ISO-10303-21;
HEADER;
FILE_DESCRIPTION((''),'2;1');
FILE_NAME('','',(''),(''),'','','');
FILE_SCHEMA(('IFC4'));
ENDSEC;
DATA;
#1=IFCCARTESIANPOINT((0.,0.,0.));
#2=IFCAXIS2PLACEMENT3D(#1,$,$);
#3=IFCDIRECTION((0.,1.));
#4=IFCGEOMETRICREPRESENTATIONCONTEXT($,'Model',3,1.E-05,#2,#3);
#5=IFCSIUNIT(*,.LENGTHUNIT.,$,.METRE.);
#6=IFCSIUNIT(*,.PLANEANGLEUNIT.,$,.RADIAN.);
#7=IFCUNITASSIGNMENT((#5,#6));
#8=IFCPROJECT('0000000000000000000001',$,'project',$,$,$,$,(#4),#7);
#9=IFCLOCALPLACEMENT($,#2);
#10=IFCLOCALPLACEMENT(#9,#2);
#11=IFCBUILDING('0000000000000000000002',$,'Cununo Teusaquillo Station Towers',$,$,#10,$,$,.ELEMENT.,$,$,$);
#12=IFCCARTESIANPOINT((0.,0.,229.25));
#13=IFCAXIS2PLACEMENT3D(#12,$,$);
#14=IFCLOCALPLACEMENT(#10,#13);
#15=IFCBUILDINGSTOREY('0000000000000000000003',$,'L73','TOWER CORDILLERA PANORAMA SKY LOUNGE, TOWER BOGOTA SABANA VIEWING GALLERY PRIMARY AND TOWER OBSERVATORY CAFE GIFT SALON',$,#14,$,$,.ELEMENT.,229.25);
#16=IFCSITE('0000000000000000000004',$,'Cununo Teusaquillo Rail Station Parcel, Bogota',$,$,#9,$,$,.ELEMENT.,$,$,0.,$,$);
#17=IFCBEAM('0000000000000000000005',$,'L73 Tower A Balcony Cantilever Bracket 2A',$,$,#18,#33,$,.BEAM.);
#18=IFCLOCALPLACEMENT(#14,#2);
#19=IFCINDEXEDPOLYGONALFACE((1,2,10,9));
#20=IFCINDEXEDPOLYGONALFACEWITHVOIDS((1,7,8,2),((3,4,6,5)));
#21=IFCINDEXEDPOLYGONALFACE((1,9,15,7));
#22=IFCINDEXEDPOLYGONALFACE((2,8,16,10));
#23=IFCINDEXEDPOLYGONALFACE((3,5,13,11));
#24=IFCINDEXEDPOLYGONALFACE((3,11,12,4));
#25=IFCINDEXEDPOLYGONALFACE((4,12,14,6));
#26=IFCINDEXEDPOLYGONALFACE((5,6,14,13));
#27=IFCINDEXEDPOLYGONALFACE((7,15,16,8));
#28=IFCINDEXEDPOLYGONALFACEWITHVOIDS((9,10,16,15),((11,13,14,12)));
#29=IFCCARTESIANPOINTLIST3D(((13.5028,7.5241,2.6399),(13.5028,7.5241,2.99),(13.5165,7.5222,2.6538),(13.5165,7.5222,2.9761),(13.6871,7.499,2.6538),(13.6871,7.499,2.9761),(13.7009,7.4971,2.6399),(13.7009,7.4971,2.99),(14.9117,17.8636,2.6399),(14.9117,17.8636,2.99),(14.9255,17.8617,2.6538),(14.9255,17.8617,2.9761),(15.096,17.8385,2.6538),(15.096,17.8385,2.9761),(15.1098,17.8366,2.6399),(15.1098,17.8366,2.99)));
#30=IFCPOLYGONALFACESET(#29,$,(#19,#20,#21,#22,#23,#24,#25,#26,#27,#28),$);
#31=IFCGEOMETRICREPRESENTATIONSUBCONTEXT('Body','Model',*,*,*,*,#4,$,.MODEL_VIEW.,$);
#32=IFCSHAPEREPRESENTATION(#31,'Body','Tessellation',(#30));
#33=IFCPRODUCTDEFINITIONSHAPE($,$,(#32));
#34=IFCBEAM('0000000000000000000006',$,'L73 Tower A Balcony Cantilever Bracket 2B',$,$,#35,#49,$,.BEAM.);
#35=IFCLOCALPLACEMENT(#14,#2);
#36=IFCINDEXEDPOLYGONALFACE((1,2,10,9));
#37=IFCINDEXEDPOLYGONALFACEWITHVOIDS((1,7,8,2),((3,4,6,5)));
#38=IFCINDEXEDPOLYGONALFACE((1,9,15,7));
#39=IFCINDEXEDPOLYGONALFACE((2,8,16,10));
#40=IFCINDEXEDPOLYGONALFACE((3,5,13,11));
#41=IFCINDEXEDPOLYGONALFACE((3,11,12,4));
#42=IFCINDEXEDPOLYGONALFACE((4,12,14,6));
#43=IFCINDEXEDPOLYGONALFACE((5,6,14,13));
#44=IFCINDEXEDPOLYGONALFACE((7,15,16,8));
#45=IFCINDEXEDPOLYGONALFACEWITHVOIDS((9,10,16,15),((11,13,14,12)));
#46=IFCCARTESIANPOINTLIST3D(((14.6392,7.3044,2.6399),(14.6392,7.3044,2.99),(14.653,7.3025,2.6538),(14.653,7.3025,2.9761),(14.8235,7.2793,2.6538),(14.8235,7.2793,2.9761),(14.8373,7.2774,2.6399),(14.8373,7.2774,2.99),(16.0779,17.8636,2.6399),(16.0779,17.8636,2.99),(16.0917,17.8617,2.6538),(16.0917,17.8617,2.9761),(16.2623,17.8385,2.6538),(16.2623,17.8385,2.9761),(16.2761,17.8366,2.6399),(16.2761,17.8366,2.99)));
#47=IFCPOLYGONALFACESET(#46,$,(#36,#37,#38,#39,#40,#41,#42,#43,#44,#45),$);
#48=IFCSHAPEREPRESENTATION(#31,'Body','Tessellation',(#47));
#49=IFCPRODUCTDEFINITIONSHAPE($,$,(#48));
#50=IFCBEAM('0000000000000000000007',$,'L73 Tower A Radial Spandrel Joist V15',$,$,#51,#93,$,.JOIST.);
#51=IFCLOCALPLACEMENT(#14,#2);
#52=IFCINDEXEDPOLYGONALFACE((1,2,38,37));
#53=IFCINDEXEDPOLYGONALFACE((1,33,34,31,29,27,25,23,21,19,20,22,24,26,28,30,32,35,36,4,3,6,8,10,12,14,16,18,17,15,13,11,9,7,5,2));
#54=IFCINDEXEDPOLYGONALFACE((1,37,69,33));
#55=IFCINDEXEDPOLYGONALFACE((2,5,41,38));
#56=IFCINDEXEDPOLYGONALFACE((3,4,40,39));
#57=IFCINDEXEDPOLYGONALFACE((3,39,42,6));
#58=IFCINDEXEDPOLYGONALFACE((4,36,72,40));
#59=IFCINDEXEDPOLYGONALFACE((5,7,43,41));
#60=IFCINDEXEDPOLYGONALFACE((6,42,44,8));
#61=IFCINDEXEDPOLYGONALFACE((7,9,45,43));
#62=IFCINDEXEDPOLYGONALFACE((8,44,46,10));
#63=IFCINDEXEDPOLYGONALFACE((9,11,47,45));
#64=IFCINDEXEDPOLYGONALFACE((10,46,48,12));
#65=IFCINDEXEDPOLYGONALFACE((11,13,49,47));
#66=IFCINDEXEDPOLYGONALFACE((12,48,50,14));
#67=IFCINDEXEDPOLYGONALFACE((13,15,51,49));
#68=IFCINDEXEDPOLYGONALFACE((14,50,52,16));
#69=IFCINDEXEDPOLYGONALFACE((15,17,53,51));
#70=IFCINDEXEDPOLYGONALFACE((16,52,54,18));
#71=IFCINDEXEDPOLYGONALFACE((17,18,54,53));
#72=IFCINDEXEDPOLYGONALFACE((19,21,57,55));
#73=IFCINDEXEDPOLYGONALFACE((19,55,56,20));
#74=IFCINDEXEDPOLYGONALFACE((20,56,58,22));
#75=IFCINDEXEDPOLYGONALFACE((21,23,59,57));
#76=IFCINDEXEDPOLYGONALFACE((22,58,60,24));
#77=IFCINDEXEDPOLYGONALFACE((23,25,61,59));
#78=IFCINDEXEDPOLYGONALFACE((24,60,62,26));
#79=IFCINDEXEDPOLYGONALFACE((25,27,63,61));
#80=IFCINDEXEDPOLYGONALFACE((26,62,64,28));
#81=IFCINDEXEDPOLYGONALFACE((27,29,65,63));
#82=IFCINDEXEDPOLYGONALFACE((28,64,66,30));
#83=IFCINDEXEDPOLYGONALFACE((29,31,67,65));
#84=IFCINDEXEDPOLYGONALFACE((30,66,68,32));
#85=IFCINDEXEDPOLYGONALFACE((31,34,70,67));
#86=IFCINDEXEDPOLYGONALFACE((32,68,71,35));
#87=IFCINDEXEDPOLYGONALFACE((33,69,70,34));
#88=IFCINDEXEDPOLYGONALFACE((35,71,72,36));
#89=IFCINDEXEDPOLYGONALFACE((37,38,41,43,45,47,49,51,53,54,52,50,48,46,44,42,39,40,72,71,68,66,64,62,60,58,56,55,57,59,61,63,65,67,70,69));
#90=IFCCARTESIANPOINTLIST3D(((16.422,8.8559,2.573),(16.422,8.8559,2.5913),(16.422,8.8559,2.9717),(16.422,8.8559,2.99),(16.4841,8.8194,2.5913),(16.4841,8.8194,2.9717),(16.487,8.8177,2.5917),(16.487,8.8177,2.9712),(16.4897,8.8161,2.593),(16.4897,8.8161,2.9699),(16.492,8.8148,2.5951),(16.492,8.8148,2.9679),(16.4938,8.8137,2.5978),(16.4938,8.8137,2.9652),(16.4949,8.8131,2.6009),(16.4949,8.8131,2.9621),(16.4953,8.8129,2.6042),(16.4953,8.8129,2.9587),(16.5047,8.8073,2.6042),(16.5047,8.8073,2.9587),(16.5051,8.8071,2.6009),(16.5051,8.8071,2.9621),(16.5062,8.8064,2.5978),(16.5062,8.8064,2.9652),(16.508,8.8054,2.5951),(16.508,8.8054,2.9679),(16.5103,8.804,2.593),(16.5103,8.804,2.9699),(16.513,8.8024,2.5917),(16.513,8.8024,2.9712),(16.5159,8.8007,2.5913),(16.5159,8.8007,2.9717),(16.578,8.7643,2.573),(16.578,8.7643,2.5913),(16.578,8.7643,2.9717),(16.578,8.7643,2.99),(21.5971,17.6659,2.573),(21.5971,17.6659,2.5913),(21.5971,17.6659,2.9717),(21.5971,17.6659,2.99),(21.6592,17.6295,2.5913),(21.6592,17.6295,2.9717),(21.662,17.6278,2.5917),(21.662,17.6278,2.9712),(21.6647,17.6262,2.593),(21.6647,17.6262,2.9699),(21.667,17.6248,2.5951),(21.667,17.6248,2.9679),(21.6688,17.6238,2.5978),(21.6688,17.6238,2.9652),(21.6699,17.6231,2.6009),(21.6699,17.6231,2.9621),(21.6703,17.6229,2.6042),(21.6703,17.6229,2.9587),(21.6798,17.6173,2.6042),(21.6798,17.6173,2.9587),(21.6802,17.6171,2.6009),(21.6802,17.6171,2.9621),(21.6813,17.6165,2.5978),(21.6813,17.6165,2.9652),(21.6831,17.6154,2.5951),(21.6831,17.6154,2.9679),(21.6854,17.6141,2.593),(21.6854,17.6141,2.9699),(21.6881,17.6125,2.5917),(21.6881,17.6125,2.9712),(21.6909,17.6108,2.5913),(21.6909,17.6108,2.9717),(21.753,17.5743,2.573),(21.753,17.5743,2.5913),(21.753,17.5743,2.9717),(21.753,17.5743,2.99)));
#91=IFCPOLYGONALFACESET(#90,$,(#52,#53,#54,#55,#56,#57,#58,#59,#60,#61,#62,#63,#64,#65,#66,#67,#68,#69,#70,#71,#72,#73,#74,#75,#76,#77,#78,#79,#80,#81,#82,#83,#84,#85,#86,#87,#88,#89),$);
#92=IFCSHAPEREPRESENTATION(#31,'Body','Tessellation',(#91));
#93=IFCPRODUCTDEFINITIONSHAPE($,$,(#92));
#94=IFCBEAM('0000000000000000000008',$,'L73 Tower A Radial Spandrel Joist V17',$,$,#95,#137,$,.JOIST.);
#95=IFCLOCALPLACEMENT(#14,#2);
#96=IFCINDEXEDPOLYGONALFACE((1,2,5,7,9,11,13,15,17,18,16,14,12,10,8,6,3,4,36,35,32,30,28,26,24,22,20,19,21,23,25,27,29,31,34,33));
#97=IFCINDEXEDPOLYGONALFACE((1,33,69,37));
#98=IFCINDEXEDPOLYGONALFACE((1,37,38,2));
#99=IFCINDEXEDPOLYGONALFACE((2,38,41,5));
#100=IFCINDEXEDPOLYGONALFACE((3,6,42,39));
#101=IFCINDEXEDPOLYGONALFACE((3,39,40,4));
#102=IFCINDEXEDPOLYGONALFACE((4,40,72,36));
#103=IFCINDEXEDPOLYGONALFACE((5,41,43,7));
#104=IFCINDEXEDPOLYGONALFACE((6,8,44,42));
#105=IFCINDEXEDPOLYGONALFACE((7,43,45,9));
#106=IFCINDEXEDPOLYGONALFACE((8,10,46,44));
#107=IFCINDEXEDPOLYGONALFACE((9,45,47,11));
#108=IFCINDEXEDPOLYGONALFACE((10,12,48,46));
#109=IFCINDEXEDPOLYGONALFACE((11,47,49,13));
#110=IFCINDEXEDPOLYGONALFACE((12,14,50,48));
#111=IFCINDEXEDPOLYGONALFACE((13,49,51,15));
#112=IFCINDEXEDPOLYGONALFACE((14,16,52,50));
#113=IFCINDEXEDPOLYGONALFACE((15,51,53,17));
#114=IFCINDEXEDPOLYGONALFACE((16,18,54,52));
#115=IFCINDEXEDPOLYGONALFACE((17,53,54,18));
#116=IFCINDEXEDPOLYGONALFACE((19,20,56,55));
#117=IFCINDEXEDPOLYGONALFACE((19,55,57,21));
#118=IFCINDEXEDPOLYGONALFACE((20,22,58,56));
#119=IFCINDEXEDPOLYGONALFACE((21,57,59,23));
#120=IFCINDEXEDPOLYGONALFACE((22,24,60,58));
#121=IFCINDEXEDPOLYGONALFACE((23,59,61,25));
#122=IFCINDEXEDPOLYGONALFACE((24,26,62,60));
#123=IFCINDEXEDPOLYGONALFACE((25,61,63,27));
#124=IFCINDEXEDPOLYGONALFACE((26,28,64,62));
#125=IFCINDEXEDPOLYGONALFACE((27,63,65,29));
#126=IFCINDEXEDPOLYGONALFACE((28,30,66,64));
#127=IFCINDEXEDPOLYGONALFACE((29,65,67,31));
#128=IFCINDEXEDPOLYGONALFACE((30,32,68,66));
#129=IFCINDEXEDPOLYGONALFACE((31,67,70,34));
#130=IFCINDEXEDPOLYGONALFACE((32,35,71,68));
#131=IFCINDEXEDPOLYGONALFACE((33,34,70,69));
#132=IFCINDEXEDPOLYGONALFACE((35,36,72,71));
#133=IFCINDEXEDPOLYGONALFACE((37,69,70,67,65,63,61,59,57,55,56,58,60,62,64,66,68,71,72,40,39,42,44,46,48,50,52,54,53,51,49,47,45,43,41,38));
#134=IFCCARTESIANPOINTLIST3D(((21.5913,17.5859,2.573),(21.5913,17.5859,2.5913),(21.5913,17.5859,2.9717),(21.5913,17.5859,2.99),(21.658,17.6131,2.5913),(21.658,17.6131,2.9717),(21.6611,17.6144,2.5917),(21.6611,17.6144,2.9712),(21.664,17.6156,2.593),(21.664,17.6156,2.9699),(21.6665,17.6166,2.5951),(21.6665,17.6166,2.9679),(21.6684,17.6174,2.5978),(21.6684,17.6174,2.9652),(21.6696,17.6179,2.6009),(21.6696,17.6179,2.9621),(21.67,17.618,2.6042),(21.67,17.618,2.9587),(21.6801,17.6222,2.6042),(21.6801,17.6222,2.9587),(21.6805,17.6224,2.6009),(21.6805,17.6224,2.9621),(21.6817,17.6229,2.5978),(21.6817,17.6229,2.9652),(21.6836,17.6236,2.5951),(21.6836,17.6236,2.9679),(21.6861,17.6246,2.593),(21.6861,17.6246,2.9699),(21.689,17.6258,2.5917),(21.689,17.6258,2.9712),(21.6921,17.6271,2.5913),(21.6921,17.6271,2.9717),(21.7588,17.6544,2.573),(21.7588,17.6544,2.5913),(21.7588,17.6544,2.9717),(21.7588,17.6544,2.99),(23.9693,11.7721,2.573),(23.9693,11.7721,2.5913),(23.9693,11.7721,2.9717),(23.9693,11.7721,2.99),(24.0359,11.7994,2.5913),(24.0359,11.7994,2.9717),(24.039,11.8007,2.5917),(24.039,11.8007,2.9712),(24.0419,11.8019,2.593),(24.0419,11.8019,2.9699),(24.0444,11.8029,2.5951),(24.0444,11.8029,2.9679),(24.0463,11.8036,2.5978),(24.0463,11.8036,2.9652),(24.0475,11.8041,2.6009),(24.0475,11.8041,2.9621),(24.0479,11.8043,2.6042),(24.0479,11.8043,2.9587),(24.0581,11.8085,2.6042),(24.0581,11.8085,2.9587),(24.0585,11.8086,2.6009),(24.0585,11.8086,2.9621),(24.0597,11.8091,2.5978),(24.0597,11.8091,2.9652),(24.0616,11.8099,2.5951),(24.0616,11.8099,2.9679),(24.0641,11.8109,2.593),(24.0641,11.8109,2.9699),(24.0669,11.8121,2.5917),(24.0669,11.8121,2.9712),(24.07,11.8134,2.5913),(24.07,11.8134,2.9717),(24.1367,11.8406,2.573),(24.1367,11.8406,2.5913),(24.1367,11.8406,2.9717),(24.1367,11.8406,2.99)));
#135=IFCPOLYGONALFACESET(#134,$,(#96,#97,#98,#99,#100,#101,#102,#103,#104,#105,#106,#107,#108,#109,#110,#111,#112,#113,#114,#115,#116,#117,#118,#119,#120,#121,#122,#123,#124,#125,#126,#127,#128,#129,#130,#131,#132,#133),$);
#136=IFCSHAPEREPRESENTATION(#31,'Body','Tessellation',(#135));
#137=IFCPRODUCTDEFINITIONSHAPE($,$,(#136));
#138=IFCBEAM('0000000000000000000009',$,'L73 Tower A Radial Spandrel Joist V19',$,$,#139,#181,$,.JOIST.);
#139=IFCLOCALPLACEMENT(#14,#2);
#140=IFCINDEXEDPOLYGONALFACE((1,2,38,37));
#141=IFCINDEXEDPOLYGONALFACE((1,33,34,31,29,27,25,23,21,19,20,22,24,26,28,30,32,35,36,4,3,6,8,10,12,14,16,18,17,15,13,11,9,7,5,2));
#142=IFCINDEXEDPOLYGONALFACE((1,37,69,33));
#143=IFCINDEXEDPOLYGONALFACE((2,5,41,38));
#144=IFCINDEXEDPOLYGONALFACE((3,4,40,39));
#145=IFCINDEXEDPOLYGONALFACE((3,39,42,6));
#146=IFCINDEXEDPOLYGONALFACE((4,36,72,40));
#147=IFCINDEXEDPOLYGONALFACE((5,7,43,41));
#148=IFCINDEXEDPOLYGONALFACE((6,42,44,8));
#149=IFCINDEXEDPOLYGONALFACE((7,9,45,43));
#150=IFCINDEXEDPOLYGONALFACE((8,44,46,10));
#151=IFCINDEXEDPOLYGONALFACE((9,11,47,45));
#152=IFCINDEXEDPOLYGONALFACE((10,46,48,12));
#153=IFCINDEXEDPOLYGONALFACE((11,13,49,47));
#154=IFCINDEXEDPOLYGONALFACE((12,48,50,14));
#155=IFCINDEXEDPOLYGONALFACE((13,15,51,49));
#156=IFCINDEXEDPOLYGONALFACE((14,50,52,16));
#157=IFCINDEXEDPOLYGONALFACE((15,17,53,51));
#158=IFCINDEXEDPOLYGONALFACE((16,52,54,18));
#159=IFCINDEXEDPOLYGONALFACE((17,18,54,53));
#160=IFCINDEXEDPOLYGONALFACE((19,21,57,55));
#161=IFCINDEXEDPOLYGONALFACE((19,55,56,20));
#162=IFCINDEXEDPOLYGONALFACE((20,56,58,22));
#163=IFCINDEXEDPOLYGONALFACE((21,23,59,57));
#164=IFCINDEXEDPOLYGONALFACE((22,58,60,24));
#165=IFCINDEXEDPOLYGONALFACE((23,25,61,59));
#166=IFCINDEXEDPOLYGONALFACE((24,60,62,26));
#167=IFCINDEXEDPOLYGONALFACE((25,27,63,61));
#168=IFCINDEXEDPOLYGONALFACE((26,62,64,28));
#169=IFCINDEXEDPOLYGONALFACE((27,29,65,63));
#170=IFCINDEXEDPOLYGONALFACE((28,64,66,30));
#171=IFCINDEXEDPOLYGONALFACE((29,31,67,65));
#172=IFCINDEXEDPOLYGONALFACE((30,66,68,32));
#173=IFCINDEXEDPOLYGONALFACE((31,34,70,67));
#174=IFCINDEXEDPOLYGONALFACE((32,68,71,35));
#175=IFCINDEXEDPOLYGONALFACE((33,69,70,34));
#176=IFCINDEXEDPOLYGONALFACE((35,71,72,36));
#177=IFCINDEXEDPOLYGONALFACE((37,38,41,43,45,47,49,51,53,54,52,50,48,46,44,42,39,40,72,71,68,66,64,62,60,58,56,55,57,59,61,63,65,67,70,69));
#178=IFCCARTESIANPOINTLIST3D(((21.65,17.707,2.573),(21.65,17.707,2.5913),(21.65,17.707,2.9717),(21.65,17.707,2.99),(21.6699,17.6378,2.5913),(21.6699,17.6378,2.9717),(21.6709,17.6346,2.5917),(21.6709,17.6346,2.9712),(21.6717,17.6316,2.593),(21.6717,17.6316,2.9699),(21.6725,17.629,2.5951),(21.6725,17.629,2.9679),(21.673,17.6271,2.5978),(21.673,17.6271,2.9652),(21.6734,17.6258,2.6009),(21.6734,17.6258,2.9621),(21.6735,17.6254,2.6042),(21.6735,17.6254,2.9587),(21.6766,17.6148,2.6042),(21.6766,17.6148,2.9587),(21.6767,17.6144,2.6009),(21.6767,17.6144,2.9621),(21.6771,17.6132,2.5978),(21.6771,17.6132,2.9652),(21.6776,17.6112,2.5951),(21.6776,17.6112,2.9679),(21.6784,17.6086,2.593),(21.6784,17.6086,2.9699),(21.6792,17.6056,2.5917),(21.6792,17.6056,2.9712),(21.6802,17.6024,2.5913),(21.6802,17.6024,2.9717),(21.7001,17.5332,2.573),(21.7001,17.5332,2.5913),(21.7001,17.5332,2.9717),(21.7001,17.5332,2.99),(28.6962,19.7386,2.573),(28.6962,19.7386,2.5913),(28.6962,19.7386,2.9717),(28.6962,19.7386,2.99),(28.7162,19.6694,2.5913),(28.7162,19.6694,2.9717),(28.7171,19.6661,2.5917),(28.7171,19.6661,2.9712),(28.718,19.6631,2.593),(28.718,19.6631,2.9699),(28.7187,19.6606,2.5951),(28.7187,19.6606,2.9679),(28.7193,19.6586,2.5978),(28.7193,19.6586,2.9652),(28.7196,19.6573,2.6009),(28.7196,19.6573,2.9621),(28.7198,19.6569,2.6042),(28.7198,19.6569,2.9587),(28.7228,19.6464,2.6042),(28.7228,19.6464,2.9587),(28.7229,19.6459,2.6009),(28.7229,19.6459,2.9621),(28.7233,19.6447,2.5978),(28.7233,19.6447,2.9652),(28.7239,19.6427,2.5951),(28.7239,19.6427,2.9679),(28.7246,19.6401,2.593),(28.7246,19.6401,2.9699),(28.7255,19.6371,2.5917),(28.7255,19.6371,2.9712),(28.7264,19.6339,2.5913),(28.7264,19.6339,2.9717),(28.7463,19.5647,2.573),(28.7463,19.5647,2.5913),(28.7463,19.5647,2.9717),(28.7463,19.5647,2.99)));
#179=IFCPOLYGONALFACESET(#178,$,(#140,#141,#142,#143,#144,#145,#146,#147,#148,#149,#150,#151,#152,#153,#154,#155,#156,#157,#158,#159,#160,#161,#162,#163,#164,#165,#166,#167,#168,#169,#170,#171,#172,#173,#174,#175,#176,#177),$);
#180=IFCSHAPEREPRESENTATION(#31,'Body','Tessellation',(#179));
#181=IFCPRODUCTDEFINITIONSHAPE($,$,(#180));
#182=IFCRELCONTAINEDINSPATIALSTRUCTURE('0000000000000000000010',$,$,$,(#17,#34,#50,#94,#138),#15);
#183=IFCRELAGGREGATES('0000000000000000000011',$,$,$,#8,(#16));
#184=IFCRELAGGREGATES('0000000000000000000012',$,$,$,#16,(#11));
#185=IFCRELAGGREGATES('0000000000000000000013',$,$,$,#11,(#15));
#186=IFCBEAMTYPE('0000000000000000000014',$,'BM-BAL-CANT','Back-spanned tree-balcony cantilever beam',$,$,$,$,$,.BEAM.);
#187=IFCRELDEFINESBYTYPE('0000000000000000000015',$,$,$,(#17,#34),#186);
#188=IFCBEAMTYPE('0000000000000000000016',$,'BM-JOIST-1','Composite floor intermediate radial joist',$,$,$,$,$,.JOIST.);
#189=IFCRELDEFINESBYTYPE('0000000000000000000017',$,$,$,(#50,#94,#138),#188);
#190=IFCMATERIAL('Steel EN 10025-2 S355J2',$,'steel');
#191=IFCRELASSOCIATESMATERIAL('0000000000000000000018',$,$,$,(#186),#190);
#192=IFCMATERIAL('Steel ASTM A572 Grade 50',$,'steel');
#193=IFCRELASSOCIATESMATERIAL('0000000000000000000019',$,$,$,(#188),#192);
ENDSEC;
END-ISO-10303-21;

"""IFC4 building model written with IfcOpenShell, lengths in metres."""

from ifc_helpers import new_model, si_unit, direction, frame, origin, origin_2d, place, context, subcontext, project, spatial, hollow_rectangle, i_section, extrude, material, material_profile, profile_set, type_object, element, save


model = new_model("IFC4")

# Units and contexts
model_context = context("Model", 3, precision=1e-05, world=origin(), true_north=direction((0.0, 1.0)))
body_context = subcontext(model_context, "Body", "Model", "MODEL_VIEW")
ifc_project = project(units=[si_unit("LENGTHUNIT", "METRE"), si_unit("PLANEANGLEUNIT", "RADIAN")], contexts=[model_context])

# Site, building, storey
site_placement = place(None, origin())
site = spatial("IfcSite", under=ifc_project, at=site_placement, Name="Cununo Teusaquillo Rail Station Parcel, Bogota", CompositionType="ELEMENT", RefElevation=0.0)
building_placement = place(site_placement, origin())
building = spatial("IfcBuilding", under=site, at=building_placement, Name="Cununo Teusaquillo Station Towers", CompositionType="ELEMENT")
storey_placement = place(building_placement, frame((0.0, 0.0, 229.25)))
storey = spatial("IfcBuildingStorey", under=building, at=storey_placement, Name="L73", Description="TOWER CORDILLERA PANORAMA SKY LOUNGE, TOWER BOGOTA SABANA VIEWING GALLERY PRIMARY AND TOWER OBSERVATORY CAFE GIFT SALON", CompositionType="ELEMENT", Elevation=229.25)

# Beams
ifc_material_1 = material(Name="Steel EN 10025-2 S355J2", Category="steel")
ifc_material_profile_1 = material_profile(ifc_material_1, hollow_rectangle(XDim=0.2, YDim=0.3501, WallThickness=0.0139, at=origin_2d()), Name="RHS 350x200x14")
ifc_profile_set_1 = profile_set([ifc_material_profile_1], Name="Steel EN 10025-2 S355J2")
beam_type_1 = type_object("IfcBeamType", Name="BM-BAL-CANT", Description="Back-spanned tree-balcony cantilever beam", PredefinedType="BEAM", material=ifc_profile_set_1)
beam_1_placement = place(storey_placement, frame((15.0107, 17.8501, 2.8149), z_axis=(-0.135018, -0.990843, 0.0), x_axis=(0.990843, -0.135018, 0.0)))
element("IfcBeam", 1, at=beam_1_placement, inside=storey, type_object=beam_type_1, Name="L73 Tower A Balcony Cantilever Bracket 2A", PredefinedType="BEAM", context=body_context, shape_type="SweptSolid", body=[
    extrude(hollow_rectangle(XDim=0.2, YDim=0.3501, WallThickness=0.0139, at=origin_2d()), origin(), (0.0, 0.0, 1.0), 10.4351),
])
beam_2_placement = place(storey_placement, frame((16.177, 17.8501, 2.8149), z_axis=(-0.135007, -0.990845, 0.0), x_axis=(0.990845, -0.135007, 0.0)))
element("IfcBeam", 2, at=beam_2_placement, inside=storey, type_object=beam_type_1, Name="L73 Tower A Balcony Cantilever Bracket 2B", PredefinedType="BEAM", context=body_context, shape_type="SweptSolid", body=[
    extrude(hollow_rectangle(XDim=0.2, YDim=0.3501, WallThickness=0.0139, at=origin_2d()), origin(), (0.0, 0.0, 1.0), 10.6567),
])
ifc_material_2 = material(Name="Steel ASTM A572 Grade 50", Category="steel")
ifc_material_profile_2 = material_profile(ifc_material_2, i_section(OverallWidth=0.1809, OverallDepth=0.417, WebThickness=0.011, FlangeThickness=0.0183, FilletRadius=0.0129, at=origin_2d()), Name="W16X57")
ifc_profile_set_2 = profile_set([ifc_material_profile_2], Name="Steel ASTM A572 Grade 50")
beam_type_2 = type_object("IfcBeamType", Name="BM-JOIST-1", Description="Composite floor intermediate radial joist", PredefinedType="JOIST", material=ifc_profile_set_2)
beam_3_placement = place(storey_placement, frame((21.675, 17.6201, 2.7815), z_axis=(-0.506486, -0.862248, 0.0), x_axis=(0.862248, -0.506486, 0.0)))
element("IfcBeam", 3, at=beam_3_placement, inside=storey, type_object=beam_type_2, Name="L73 Tower A Radial Spandrel Joist V15", PredefinedType="JOIST", context=body_context, shape_type="SweptSolid", body=[
    extrude(i_section(OverallWidth=0.1809, OverallDepth=0.417, WebThickness=0.011, FlangeThickness=0.0183, FilletRadius=0.0129, at=origin_2d()), origin(), (0.0, 0.0, 1.0), 10.2175),
])
beam_4_placement = place(storey_placement, frame((21.675, 17.6201, 2.7815), z_axis=(0.378577, -0.92557, 0.0), x_axis=(0.92557, 0.378577, 0.0)))
element("IfcBeam", 4, at=beam_4_placement, inside=storey, type_object=beam_type_2, Name="L73 Tower A Radial Spandrel Joist V17", PredefinedType="JOIST", context=body_context, shape_type="SweptSolid", body=[
    extrude(i_section(OverallWidth=0.1809, OverallDepth=0.417, WebThickness=0.011, FlangeThickness=0.0183, FilletRadius=0.0129, at=origin_2d()), origin(), (0.0, 0.0, 1.0), 6.2812),
])
beam_5_placement = place(storey_placement, frame((21.675, 17.6201, 2.7815), z_axis=(0.960862, 0.277029, 0.0), x_axis=(-0.277029, 0.960862, 0.0)))
element("IfcBeam", 5, at=beam_5_placement, inside=storey, type_object=beam_type_2, Name="L73 Tower A Radial Spandrel Joist V19", PredefinedType="JOIST", context=body_context, shape_type="SweptSolid", body=[
    extrude(i_section(OverallWidth=0.1809, OverallDepth=0.417, WebThickness=0.011, FlangeThickness=0.0183, FilletRadius=0.0129, at=origin_2d()), origin(), (0.0, 0.0, 1.0), 7.3333),
])

save(model, "model.ifc")
